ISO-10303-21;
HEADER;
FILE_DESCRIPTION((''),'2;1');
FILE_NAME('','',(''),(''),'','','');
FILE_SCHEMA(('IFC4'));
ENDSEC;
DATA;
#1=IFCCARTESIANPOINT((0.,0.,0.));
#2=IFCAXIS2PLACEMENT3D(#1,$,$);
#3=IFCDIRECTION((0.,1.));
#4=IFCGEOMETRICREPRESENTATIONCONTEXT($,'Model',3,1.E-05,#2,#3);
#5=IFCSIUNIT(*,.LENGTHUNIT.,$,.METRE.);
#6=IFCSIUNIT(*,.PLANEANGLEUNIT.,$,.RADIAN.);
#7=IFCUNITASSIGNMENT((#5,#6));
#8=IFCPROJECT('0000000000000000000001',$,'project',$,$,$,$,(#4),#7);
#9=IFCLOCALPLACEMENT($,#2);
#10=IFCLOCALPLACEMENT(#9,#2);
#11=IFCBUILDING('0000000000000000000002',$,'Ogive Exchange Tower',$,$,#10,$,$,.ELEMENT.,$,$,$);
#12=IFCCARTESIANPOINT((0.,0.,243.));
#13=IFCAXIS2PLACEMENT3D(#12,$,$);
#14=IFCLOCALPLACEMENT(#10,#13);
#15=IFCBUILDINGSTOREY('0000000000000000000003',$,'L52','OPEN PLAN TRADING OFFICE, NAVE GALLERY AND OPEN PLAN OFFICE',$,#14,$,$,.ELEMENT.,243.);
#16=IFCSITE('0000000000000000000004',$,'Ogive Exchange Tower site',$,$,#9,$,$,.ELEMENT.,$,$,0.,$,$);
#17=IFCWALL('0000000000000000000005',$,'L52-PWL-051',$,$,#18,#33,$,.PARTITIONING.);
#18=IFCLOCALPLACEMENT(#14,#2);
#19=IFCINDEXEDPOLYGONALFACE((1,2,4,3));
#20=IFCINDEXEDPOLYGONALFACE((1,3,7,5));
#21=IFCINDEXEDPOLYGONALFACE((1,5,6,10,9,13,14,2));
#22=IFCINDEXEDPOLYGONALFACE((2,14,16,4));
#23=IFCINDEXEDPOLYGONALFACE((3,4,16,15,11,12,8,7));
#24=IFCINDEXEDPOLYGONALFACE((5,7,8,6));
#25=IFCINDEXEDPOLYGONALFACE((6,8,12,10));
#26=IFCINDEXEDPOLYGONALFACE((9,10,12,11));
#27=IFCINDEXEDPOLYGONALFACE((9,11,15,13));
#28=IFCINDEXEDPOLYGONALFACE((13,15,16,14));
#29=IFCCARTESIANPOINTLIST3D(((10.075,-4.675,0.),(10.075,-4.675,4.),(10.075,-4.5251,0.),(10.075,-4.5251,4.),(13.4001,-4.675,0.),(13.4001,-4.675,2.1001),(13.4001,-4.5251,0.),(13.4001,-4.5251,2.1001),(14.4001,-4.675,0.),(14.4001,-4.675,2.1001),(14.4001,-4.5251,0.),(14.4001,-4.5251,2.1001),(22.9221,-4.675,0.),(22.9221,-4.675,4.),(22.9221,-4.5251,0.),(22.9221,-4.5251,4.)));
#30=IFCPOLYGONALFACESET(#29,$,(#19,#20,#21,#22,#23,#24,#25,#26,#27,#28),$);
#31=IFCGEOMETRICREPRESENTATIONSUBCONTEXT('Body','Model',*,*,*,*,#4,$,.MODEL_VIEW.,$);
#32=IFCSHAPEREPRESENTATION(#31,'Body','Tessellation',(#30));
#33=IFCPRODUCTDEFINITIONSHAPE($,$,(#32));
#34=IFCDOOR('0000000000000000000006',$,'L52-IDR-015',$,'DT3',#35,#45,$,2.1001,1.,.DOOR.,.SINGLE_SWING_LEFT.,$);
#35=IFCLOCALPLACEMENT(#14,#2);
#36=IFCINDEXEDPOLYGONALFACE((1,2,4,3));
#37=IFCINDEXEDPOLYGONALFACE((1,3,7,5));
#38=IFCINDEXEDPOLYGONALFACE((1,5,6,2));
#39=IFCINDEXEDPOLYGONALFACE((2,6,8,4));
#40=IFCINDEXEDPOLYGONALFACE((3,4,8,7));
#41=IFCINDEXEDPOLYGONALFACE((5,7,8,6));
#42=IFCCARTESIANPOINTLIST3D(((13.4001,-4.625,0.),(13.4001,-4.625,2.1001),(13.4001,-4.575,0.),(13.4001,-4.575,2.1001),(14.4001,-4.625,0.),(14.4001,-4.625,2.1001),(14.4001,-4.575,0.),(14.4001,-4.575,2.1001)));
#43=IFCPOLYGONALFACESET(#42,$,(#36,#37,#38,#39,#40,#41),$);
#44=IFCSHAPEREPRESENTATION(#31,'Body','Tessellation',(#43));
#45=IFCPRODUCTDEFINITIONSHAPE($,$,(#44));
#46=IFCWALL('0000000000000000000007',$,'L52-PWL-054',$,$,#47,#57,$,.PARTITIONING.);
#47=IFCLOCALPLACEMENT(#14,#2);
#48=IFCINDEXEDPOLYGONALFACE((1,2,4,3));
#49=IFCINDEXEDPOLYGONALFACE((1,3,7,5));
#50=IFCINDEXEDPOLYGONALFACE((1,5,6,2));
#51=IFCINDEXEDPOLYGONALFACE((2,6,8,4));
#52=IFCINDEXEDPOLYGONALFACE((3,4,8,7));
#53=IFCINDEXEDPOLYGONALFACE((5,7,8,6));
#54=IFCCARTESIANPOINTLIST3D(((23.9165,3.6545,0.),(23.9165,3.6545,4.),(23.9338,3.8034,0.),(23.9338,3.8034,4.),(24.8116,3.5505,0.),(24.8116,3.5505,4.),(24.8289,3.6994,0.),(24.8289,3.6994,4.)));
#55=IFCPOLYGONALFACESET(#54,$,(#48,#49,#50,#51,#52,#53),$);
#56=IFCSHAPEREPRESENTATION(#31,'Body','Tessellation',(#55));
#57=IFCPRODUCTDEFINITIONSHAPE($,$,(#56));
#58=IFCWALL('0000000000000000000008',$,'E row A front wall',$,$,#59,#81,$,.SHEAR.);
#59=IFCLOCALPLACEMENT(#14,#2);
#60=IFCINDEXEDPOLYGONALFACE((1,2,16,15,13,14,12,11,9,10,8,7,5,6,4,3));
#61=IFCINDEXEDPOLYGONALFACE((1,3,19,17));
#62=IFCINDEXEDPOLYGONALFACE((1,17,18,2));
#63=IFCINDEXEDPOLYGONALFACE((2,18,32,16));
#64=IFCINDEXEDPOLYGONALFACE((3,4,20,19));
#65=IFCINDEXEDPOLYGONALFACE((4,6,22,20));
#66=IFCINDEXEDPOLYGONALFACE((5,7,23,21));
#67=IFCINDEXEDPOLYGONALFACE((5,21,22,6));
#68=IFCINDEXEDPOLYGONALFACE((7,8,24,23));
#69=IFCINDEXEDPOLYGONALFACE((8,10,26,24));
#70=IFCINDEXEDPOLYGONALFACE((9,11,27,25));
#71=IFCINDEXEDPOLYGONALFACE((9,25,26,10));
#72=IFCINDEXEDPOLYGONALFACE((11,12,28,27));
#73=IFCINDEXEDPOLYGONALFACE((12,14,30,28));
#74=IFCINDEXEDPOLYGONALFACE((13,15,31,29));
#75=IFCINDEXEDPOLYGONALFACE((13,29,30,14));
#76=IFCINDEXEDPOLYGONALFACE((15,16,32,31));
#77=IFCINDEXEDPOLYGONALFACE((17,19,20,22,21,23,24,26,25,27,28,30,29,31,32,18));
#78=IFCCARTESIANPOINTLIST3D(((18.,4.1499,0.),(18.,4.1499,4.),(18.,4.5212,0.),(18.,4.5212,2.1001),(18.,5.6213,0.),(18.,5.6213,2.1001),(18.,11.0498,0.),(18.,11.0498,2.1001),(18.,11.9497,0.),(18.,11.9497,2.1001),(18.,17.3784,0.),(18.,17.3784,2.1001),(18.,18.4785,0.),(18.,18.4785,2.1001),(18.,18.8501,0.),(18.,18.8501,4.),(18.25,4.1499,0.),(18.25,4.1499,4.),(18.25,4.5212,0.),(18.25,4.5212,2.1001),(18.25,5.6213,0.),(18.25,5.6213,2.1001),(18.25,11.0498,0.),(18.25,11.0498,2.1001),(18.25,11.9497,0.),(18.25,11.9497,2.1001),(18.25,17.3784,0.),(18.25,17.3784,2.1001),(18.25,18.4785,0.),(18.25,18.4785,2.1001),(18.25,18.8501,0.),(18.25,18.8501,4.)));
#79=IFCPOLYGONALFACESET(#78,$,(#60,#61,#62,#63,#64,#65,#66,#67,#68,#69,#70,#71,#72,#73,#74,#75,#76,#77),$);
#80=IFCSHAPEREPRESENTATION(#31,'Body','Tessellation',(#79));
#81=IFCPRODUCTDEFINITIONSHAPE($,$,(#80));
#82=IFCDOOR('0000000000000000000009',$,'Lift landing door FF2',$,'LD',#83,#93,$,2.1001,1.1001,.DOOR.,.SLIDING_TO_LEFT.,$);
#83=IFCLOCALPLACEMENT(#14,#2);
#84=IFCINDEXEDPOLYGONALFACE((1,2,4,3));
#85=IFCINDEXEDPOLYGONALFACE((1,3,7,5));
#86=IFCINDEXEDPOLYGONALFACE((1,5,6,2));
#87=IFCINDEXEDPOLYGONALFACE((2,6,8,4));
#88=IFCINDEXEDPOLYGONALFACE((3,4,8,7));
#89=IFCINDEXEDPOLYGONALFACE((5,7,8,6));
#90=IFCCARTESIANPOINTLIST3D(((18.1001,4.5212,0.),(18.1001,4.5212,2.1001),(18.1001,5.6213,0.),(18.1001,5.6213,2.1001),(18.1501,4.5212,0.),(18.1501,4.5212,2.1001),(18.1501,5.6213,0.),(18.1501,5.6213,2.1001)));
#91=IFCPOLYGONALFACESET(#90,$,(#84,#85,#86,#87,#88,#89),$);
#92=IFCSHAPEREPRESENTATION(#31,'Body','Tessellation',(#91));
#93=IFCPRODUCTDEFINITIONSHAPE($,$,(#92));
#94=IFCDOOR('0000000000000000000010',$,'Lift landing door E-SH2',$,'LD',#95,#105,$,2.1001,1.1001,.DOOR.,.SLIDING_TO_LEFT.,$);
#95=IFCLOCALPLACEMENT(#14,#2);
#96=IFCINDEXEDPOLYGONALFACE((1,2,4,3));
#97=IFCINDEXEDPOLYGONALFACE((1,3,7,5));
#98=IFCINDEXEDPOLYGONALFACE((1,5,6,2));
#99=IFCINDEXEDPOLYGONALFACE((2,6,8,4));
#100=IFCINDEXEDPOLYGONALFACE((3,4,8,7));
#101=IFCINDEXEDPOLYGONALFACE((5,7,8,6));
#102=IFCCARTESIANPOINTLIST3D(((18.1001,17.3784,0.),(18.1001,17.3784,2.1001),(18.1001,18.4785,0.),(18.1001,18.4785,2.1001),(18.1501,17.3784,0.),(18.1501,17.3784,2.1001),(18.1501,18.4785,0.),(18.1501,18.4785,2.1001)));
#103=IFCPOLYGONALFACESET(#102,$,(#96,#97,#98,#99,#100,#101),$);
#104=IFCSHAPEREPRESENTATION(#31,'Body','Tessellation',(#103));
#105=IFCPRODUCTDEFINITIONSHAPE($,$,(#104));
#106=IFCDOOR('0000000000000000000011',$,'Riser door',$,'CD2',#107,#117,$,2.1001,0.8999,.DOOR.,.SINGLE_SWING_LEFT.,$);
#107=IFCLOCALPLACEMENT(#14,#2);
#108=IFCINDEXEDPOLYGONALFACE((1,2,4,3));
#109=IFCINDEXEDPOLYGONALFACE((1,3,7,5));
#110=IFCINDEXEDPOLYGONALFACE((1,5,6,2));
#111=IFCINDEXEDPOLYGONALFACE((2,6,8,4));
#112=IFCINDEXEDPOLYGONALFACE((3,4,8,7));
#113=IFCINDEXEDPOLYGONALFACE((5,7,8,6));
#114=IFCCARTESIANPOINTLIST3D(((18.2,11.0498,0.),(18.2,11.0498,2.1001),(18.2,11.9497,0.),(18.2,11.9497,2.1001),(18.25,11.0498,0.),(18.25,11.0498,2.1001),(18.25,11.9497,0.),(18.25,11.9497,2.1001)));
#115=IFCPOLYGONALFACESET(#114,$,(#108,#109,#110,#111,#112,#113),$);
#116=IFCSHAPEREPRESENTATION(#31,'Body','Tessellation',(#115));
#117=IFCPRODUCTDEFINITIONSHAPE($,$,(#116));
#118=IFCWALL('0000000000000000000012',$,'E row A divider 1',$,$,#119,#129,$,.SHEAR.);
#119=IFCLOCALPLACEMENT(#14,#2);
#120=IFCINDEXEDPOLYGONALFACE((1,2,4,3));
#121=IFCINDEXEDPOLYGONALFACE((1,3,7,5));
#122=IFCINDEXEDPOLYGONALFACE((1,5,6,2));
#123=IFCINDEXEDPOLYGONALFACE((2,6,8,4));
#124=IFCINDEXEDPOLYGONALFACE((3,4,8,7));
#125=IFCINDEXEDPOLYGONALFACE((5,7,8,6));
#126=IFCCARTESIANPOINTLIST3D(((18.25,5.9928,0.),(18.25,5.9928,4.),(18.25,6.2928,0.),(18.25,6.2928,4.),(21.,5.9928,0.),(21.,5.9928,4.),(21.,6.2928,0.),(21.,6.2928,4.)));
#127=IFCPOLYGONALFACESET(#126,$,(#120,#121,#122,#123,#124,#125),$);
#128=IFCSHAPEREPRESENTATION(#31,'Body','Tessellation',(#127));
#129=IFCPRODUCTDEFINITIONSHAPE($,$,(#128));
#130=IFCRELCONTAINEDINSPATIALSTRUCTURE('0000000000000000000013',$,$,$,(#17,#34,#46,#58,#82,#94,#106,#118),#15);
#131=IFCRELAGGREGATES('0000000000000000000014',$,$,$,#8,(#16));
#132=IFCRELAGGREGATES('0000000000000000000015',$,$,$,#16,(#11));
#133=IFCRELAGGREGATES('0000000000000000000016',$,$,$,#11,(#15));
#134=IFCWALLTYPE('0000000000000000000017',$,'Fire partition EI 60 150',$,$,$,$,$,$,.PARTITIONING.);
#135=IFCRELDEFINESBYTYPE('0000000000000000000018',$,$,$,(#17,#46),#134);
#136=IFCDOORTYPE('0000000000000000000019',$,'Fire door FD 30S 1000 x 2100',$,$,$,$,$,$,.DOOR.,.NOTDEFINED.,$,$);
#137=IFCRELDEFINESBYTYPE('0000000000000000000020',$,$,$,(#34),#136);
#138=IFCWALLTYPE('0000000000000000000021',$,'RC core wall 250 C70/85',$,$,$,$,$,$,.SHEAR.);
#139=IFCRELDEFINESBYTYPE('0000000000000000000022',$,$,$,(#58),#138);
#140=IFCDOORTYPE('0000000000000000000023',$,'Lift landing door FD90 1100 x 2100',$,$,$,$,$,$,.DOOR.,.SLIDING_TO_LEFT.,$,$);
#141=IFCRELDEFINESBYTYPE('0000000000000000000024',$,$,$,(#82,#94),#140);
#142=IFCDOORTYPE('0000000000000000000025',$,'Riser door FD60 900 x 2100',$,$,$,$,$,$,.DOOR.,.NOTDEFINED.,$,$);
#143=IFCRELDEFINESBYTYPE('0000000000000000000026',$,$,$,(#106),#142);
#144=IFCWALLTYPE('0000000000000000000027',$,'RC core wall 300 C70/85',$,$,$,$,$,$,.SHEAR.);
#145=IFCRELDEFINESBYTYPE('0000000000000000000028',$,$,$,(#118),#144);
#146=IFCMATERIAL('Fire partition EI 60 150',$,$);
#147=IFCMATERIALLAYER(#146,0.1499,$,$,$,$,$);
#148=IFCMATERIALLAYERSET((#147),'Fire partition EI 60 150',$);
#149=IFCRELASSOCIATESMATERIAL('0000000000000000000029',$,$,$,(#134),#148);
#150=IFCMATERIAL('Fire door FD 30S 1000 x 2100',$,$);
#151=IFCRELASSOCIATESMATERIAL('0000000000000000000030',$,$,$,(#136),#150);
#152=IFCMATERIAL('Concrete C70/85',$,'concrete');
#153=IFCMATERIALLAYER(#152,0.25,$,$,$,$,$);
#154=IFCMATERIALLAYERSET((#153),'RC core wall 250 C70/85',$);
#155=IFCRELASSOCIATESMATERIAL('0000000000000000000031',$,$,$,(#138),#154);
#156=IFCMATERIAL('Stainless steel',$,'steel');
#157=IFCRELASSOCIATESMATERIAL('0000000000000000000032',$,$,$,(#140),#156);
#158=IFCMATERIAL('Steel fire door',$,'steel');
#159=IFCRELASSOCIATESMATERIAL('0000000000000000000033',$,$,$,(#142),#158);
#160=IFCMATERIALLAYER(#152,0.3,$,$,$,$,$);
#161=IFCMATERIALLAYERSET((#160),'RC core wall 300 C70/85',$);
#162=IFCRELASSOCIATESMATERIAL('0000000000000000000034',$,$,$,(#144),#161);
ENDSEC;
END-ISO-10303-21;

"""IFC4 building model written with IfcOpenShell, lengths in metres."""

from ifc_helpers import new_model, si_unit, direction, frame, frame_2d, origin, place, context, subcontext, project, spatial, rectangle, extrude, material, layer, layer_set, type_object, element, fill, save


model = new_model("IFC4")

# Units and contexts
model_context = context("Model", 3, precision=1e-05, world=origin(), true_north=direction((0.0, 1.0)))
body_context = subcontext(model_context, "Body", "Model", "MODEL_VIEW")
ifc_project = project(units=[si_unit("LENGTHUNIT", "METRE"), si_unit("PLANEANGLEUNIT", "RADIAN")], contexts=[model_context])

# Site, building, storey
site_placement = place(None, origin())
site = spatial("IfcSite", under=ifc_project, at=site_placement, Name="Ogive Exchange Tower site", CompositionType="ELEMENT", RefElevation=0.0)
building_placement = place(site_placement, origin())
building = spatial("IfcBuilding", under=site, at=building_placement, Name="Ogive Exchange Tower", CompositionType="ELEMENT")
storey_placement = place(building_placement, frame((0.0, 0.0, 243.0)))
storey = spatial("IfcBuildingStorey", under=building, at=storey_placement, Name="L52", Description="OPEN PLAN TRADING OFFICE, NAVE GALLERY AND OPEN PLAN OFFICE", CompositionType="ELEMENT", Elevation=243.0)

# Wall, opening, door
ifc_material_1 = material(Name="Fire partition EI 60 150")
ifc_layer_1 = layer(ifc_material_1, 0.1499)
ifc_layer_set_1 = layer_set([ifc_layer_1], Name="Fire partition EI 60 150")
wall_type_1 = type_object("IfcWallType", Name="Fire partition EI 60 150", PredefinedType="PARTITIONING", material=ifc_layer_set_1)
wall_1_placement = place(storey_placement, frame((22.9221, -4.6001, 0.0), z_axis=(0.0, 0.0, 1.0), x_axis=(-1.0, 0.0, 0.0)))
wall_1 = element("IfcWall", 1, at=wall_1_placement, inside=storey, type_object=wall_type_1, Name="L52-PWL-051", PredefinedType="PARTITIONING", context=body_context, shape_type="SweptSolid", body=[
    extrude(rectangle(XDim=12.8472, YDim=0.1499, at=frame_2d((6.4236, 0.0))), origin(), (0.0, 0.0, 1.0), 4.0),
])
opening_1_placement = place(wall_1_placement, frame((8.522, 0.0, 0.0)))
opening_1 = element("IfcOpeningElement", 2, at=opening_1_placement, cuts=wall_1, PredefinedType="OPENING", context=body_context, shape_type="SweptSolid", body=[
    extrude(rectangle(XDim=1.0, YDim=2.1001, at=frame_2d((0.5, 1.05))), frame((0.0, 0.085, 0.0), z_axis=(0.0, -1.0, 0.0), x_axis=(1.0, 0.0, 0.0)), (0.0, 0.0, 1.0), 0.1699),
])
ifc_material_2 = material(Name="Fire door FD 30S 1000 x 2100")
door_type_1 = type_object("IfcDoorType", Name="Fire door FD 30S 1000 x 2100", OperationType="NOTDEFINED", PredefinedType="DOOR", material=ifc_material_2)
door_1_placement = place(opening_1_placement, origin())
door_1 = element("IfcDoor", 3, at=door_1_placement, inside=storey, type_object=door_type_1, Name="L52-IDR-015", ObjectType="DT3", OperationType="SINGLE_SWING_LEFT", OverallHeight=2.1001, OverallWidth=1.0, PredefinedType="DOOR", context=body_context, shape_type="SweptSolid", body=[
    extrude(rectangle(XDim=1.0, YDim=2.1001, at=frame_2d((0.5, 1.05))), frame((0.0, 0.0249, 0.0), z_axis=(0.0, -1.0, 0.0), x_axis=(1.0, 0.0, 0.0)), (0.0, 0.0, 1.0), 0.05),
])
fill(opening_1, door_1)

# Wall
wall_2_placement = place(storey_placement, frame((23.925, 3.729, 0.0), z_axis=(0.0, 0.0, 1.0), x_axis=(0.993316, -0.115426, 0.0)))
element("IfcWall", 4, at=wall_2_placement, inside=storey, type_object=wall_type_1, Name="L52-PWL-054", PredefinedType="PARTITIONING", context=body_context, shape_type="SweptSolid", body=[
    extrude(rectangle(XDim=0.9011, YDim=0.1499, at=frame_2d((0.4507, 0.0))), origin(), (0.0, 0.0, 1.0), 4.0),
])

# Wall, openings, doors
ifc_material_3 = material(Name="Concrete C70/85", Category="concrete")
ifc_layer_2 = layer(ifc_material_3, 0.25)
ifc_layer_set_2 = layer_set([ifc_layer_2], Name="RC core wall 250 C70/85")
wall_type_2 = type_object("IfcWallType", Name="RC core wall 250 C70/85", PredefinedType="SHEAR", material=ifc_layer_set_2)
wall_3_placement = place(storey_placement, frame((18.125, 4.1499, 0.0), z_axis=(0.0, 0.0, 1.0), x_axis=(0.0, 1.0, 0.0)))
wall_3 = element("IfcWall", 5, at=wall_3_placement, inside=storey, type_object=wall_type_2, Name="E row A front wall", PredefinedType="SHEAR", context=body_context, shape_type="SweptSolid", body=[
    extrude(rectangle(XDim=14.7002, YDim=0.25, at=frame_2d((7.3501, 0.0))), origin(), (0.0, 0.0, 1.0), 4.0),
])
opening_2_placement = place(wall_3_placement, frame((6.8999, 0.0, 0.0)))
opening_2 = element("IfcOpeningElement", 6, at=opening_2_placement, cuts=wall_3, PredefinedType="OPENING", context=body_context, shape_type="SweptSolid", body=[
    extrude(rectangle(XDim=0.8999, YDim=2.1001, at=frame_2d((0.45, 1.05))), frame((0.0, 0.135, 0.0), z_axis=(0.0, -1.0, 0.0), x_axis=(1.0, 0.0, 0.0)), (0.0, 0.0, 1.0), 0.27),
])
opening_3_placement = place(wall_3_placement, frame((0.3713, 0.0, 0.0)))
opening_3 = element("IfcOpeningElement", 7, at=opening_3_placement, cuts=wall_3, PredefinedType="OPENING", context=body_context, shape_type="SweptSolid", body=[
    extrude(rectangle(XDim=1.1001, YDim=2.1001, at=frame_2d((0.55, 1.05))), frame((0.0, 0.135, 0.0), z_axis=(0.0, -1.0, 0.0), x_axis=(1.0, 0.0, 0.0)), (0.0, 0.0, 1.0), 0.27),
])
opening_4_placement = place(wall_3_placement, frame((13.2285, 0.0, 0.0)))
opening_4 = element("IfcOpeningElement", 8, at=opening_4_placement, cuts=wall_3, PredefinedType="OPENING", context=body_context, shape_type="SweptSolid", body=[
    extrude(rectangle(XDim=1.1001, YDim=2.1001, at=frame_2d((0.55, 1.05))), frame((0.0, 0.135, 0.0), z_axis=(0.0, -1.0, 0.0), x_axis=(1.0, 0.0, 0.0)), (0.0, 0.0, 1.0), 0.27),
])
ifc_material_4 = material(Name="Stainless steel", Category="steel")
door_type_2 = type_object("IfcDoorType", Name="Lift landing door FD90 1100 x 2100", OperationType="SLIDING_TO_LEFT", PredefinedType="DOOR", material=ifc_material_4)
door_2_placement = place(opening_3_placement, origin())
door_2 = element("IfcDoor", 9, at=door_2_placement, inside=storey, type_object=door_type_2, Name="Lift landing door FF2", ObjectType="LD", OperationType="SLIDING_TO_LEFT", OverallHeight=2.1001, OverallWidth=1.1001, PredefinedType="DOOR", context=body_context, shape_type="SweptSolid", body=[
    extrude(rectangle(XDim=1.1001, YDim=2.1001, at=frame_2d((0.55, 1.05))), frame((0.0, 0.0249, 0.0), z_axis=(0.0, -1.0, 0.0), x_axis=(1.0, 0.0, 0.0)), (0.0, 0.0, 1.0), 0.05),
])
fill(opening_3, door_2)
door_3_placement = place(opening_4_placement, origin())
door_3 = element("IfcDoor", 10, at=door_3_placement, inside=storey, type_object=door_type_2, Name="Lift landing door E-SH2", ObjectType="LD", OperationType="SLIDING_TO_LEFT", OverallHeight=2.1001, OverallWidth=1.1001, PredefinedType="DOOR", context=body_context, shape_type="SweptSolid", body=[
    extrude(rectangle(XDim=1.1001, YDim=2.1001, at=frame_2d((0.55, 1.05))), frame((0.0, 0.0249, 0.0), z_axis=(0.0, -1.0, 0.0), x_axis=(1.0, 0.0, 0.0)), (0.0, 0.0, 1.0), 0.05),
])
fill(opening_4, door_3)
ifc_material_5 = material(Name="Steel fire door", Category="steel")
door_type_3 = type_object("IfcDoorType", Name="Riser door FD60 900 x 2100", OperationType="NOTDEFINED", PredefinedType="DOOR", material=ifc_material_5)
door_4_placement = place(opening_2_placement, frame((0.8999, -0.2002, 0.0), z_axis=(0.0, 0.0, 1.0), x_axis=(-1.0, 0.0, 0.0)))
door_4 = element("IfcDoor", 11, at=door_4_placement, inside=storey, type_object=door_type_3, Name="Riser door", ObjectType="CD2", OperationType="SINGLE_SWING_LEFT", OverallHeight=2.1001, OverallWidth=0.8999, PredefinedType="DOOR", context=body_context, shape_type="SweptSolid", body=[
    extrude(rectangle(XDim=0.8999, YDim=2.1001, at=frame_2d((0.45, 1.05))), frame((0.0, -0.0752, 0.0), z_axis=(0.0, -1.0, 0.0), x_axis=(1.0, 0.0, 0.0)), (0.0, 0.0, 1.0), 0.05),
])
fill(opening_2, door_4)

# Wall
ifc_layer_3 = layer(ifc_material_3, 0.3)
ifc_layer_set_3 = layer_set([ifc_layer_3], Name="RC core wall 300 C70/85")
wall_type_3 = type_object("IfcWallType", Name="RC core wall 300 C70/85", PredefinedType="SHEAR", material=ifc_layer_set_3)
wall_4_placement = place(storey_placement, frame((18.25, 6.1428, 0.0), z_axis=(0.0, 0.0, 1.0), x_axis=(1.0, 0.0, 0.0)))
element("IfcWall", 12, at=wall_4_placement, inside=storey, type_object=wall_type_3, Name="E row A divider 1", PredefinedType="SHEAR", context=body_context, shape_type="SweptSolid", body=[
    extrude(rectangle(XDim=2.75, YDim=0.3, at=frame_2d((1.375, 0.0))), origin(), (0.0, 0.0, 1.0), 4.0),
])

save(model, "model.ifc")
